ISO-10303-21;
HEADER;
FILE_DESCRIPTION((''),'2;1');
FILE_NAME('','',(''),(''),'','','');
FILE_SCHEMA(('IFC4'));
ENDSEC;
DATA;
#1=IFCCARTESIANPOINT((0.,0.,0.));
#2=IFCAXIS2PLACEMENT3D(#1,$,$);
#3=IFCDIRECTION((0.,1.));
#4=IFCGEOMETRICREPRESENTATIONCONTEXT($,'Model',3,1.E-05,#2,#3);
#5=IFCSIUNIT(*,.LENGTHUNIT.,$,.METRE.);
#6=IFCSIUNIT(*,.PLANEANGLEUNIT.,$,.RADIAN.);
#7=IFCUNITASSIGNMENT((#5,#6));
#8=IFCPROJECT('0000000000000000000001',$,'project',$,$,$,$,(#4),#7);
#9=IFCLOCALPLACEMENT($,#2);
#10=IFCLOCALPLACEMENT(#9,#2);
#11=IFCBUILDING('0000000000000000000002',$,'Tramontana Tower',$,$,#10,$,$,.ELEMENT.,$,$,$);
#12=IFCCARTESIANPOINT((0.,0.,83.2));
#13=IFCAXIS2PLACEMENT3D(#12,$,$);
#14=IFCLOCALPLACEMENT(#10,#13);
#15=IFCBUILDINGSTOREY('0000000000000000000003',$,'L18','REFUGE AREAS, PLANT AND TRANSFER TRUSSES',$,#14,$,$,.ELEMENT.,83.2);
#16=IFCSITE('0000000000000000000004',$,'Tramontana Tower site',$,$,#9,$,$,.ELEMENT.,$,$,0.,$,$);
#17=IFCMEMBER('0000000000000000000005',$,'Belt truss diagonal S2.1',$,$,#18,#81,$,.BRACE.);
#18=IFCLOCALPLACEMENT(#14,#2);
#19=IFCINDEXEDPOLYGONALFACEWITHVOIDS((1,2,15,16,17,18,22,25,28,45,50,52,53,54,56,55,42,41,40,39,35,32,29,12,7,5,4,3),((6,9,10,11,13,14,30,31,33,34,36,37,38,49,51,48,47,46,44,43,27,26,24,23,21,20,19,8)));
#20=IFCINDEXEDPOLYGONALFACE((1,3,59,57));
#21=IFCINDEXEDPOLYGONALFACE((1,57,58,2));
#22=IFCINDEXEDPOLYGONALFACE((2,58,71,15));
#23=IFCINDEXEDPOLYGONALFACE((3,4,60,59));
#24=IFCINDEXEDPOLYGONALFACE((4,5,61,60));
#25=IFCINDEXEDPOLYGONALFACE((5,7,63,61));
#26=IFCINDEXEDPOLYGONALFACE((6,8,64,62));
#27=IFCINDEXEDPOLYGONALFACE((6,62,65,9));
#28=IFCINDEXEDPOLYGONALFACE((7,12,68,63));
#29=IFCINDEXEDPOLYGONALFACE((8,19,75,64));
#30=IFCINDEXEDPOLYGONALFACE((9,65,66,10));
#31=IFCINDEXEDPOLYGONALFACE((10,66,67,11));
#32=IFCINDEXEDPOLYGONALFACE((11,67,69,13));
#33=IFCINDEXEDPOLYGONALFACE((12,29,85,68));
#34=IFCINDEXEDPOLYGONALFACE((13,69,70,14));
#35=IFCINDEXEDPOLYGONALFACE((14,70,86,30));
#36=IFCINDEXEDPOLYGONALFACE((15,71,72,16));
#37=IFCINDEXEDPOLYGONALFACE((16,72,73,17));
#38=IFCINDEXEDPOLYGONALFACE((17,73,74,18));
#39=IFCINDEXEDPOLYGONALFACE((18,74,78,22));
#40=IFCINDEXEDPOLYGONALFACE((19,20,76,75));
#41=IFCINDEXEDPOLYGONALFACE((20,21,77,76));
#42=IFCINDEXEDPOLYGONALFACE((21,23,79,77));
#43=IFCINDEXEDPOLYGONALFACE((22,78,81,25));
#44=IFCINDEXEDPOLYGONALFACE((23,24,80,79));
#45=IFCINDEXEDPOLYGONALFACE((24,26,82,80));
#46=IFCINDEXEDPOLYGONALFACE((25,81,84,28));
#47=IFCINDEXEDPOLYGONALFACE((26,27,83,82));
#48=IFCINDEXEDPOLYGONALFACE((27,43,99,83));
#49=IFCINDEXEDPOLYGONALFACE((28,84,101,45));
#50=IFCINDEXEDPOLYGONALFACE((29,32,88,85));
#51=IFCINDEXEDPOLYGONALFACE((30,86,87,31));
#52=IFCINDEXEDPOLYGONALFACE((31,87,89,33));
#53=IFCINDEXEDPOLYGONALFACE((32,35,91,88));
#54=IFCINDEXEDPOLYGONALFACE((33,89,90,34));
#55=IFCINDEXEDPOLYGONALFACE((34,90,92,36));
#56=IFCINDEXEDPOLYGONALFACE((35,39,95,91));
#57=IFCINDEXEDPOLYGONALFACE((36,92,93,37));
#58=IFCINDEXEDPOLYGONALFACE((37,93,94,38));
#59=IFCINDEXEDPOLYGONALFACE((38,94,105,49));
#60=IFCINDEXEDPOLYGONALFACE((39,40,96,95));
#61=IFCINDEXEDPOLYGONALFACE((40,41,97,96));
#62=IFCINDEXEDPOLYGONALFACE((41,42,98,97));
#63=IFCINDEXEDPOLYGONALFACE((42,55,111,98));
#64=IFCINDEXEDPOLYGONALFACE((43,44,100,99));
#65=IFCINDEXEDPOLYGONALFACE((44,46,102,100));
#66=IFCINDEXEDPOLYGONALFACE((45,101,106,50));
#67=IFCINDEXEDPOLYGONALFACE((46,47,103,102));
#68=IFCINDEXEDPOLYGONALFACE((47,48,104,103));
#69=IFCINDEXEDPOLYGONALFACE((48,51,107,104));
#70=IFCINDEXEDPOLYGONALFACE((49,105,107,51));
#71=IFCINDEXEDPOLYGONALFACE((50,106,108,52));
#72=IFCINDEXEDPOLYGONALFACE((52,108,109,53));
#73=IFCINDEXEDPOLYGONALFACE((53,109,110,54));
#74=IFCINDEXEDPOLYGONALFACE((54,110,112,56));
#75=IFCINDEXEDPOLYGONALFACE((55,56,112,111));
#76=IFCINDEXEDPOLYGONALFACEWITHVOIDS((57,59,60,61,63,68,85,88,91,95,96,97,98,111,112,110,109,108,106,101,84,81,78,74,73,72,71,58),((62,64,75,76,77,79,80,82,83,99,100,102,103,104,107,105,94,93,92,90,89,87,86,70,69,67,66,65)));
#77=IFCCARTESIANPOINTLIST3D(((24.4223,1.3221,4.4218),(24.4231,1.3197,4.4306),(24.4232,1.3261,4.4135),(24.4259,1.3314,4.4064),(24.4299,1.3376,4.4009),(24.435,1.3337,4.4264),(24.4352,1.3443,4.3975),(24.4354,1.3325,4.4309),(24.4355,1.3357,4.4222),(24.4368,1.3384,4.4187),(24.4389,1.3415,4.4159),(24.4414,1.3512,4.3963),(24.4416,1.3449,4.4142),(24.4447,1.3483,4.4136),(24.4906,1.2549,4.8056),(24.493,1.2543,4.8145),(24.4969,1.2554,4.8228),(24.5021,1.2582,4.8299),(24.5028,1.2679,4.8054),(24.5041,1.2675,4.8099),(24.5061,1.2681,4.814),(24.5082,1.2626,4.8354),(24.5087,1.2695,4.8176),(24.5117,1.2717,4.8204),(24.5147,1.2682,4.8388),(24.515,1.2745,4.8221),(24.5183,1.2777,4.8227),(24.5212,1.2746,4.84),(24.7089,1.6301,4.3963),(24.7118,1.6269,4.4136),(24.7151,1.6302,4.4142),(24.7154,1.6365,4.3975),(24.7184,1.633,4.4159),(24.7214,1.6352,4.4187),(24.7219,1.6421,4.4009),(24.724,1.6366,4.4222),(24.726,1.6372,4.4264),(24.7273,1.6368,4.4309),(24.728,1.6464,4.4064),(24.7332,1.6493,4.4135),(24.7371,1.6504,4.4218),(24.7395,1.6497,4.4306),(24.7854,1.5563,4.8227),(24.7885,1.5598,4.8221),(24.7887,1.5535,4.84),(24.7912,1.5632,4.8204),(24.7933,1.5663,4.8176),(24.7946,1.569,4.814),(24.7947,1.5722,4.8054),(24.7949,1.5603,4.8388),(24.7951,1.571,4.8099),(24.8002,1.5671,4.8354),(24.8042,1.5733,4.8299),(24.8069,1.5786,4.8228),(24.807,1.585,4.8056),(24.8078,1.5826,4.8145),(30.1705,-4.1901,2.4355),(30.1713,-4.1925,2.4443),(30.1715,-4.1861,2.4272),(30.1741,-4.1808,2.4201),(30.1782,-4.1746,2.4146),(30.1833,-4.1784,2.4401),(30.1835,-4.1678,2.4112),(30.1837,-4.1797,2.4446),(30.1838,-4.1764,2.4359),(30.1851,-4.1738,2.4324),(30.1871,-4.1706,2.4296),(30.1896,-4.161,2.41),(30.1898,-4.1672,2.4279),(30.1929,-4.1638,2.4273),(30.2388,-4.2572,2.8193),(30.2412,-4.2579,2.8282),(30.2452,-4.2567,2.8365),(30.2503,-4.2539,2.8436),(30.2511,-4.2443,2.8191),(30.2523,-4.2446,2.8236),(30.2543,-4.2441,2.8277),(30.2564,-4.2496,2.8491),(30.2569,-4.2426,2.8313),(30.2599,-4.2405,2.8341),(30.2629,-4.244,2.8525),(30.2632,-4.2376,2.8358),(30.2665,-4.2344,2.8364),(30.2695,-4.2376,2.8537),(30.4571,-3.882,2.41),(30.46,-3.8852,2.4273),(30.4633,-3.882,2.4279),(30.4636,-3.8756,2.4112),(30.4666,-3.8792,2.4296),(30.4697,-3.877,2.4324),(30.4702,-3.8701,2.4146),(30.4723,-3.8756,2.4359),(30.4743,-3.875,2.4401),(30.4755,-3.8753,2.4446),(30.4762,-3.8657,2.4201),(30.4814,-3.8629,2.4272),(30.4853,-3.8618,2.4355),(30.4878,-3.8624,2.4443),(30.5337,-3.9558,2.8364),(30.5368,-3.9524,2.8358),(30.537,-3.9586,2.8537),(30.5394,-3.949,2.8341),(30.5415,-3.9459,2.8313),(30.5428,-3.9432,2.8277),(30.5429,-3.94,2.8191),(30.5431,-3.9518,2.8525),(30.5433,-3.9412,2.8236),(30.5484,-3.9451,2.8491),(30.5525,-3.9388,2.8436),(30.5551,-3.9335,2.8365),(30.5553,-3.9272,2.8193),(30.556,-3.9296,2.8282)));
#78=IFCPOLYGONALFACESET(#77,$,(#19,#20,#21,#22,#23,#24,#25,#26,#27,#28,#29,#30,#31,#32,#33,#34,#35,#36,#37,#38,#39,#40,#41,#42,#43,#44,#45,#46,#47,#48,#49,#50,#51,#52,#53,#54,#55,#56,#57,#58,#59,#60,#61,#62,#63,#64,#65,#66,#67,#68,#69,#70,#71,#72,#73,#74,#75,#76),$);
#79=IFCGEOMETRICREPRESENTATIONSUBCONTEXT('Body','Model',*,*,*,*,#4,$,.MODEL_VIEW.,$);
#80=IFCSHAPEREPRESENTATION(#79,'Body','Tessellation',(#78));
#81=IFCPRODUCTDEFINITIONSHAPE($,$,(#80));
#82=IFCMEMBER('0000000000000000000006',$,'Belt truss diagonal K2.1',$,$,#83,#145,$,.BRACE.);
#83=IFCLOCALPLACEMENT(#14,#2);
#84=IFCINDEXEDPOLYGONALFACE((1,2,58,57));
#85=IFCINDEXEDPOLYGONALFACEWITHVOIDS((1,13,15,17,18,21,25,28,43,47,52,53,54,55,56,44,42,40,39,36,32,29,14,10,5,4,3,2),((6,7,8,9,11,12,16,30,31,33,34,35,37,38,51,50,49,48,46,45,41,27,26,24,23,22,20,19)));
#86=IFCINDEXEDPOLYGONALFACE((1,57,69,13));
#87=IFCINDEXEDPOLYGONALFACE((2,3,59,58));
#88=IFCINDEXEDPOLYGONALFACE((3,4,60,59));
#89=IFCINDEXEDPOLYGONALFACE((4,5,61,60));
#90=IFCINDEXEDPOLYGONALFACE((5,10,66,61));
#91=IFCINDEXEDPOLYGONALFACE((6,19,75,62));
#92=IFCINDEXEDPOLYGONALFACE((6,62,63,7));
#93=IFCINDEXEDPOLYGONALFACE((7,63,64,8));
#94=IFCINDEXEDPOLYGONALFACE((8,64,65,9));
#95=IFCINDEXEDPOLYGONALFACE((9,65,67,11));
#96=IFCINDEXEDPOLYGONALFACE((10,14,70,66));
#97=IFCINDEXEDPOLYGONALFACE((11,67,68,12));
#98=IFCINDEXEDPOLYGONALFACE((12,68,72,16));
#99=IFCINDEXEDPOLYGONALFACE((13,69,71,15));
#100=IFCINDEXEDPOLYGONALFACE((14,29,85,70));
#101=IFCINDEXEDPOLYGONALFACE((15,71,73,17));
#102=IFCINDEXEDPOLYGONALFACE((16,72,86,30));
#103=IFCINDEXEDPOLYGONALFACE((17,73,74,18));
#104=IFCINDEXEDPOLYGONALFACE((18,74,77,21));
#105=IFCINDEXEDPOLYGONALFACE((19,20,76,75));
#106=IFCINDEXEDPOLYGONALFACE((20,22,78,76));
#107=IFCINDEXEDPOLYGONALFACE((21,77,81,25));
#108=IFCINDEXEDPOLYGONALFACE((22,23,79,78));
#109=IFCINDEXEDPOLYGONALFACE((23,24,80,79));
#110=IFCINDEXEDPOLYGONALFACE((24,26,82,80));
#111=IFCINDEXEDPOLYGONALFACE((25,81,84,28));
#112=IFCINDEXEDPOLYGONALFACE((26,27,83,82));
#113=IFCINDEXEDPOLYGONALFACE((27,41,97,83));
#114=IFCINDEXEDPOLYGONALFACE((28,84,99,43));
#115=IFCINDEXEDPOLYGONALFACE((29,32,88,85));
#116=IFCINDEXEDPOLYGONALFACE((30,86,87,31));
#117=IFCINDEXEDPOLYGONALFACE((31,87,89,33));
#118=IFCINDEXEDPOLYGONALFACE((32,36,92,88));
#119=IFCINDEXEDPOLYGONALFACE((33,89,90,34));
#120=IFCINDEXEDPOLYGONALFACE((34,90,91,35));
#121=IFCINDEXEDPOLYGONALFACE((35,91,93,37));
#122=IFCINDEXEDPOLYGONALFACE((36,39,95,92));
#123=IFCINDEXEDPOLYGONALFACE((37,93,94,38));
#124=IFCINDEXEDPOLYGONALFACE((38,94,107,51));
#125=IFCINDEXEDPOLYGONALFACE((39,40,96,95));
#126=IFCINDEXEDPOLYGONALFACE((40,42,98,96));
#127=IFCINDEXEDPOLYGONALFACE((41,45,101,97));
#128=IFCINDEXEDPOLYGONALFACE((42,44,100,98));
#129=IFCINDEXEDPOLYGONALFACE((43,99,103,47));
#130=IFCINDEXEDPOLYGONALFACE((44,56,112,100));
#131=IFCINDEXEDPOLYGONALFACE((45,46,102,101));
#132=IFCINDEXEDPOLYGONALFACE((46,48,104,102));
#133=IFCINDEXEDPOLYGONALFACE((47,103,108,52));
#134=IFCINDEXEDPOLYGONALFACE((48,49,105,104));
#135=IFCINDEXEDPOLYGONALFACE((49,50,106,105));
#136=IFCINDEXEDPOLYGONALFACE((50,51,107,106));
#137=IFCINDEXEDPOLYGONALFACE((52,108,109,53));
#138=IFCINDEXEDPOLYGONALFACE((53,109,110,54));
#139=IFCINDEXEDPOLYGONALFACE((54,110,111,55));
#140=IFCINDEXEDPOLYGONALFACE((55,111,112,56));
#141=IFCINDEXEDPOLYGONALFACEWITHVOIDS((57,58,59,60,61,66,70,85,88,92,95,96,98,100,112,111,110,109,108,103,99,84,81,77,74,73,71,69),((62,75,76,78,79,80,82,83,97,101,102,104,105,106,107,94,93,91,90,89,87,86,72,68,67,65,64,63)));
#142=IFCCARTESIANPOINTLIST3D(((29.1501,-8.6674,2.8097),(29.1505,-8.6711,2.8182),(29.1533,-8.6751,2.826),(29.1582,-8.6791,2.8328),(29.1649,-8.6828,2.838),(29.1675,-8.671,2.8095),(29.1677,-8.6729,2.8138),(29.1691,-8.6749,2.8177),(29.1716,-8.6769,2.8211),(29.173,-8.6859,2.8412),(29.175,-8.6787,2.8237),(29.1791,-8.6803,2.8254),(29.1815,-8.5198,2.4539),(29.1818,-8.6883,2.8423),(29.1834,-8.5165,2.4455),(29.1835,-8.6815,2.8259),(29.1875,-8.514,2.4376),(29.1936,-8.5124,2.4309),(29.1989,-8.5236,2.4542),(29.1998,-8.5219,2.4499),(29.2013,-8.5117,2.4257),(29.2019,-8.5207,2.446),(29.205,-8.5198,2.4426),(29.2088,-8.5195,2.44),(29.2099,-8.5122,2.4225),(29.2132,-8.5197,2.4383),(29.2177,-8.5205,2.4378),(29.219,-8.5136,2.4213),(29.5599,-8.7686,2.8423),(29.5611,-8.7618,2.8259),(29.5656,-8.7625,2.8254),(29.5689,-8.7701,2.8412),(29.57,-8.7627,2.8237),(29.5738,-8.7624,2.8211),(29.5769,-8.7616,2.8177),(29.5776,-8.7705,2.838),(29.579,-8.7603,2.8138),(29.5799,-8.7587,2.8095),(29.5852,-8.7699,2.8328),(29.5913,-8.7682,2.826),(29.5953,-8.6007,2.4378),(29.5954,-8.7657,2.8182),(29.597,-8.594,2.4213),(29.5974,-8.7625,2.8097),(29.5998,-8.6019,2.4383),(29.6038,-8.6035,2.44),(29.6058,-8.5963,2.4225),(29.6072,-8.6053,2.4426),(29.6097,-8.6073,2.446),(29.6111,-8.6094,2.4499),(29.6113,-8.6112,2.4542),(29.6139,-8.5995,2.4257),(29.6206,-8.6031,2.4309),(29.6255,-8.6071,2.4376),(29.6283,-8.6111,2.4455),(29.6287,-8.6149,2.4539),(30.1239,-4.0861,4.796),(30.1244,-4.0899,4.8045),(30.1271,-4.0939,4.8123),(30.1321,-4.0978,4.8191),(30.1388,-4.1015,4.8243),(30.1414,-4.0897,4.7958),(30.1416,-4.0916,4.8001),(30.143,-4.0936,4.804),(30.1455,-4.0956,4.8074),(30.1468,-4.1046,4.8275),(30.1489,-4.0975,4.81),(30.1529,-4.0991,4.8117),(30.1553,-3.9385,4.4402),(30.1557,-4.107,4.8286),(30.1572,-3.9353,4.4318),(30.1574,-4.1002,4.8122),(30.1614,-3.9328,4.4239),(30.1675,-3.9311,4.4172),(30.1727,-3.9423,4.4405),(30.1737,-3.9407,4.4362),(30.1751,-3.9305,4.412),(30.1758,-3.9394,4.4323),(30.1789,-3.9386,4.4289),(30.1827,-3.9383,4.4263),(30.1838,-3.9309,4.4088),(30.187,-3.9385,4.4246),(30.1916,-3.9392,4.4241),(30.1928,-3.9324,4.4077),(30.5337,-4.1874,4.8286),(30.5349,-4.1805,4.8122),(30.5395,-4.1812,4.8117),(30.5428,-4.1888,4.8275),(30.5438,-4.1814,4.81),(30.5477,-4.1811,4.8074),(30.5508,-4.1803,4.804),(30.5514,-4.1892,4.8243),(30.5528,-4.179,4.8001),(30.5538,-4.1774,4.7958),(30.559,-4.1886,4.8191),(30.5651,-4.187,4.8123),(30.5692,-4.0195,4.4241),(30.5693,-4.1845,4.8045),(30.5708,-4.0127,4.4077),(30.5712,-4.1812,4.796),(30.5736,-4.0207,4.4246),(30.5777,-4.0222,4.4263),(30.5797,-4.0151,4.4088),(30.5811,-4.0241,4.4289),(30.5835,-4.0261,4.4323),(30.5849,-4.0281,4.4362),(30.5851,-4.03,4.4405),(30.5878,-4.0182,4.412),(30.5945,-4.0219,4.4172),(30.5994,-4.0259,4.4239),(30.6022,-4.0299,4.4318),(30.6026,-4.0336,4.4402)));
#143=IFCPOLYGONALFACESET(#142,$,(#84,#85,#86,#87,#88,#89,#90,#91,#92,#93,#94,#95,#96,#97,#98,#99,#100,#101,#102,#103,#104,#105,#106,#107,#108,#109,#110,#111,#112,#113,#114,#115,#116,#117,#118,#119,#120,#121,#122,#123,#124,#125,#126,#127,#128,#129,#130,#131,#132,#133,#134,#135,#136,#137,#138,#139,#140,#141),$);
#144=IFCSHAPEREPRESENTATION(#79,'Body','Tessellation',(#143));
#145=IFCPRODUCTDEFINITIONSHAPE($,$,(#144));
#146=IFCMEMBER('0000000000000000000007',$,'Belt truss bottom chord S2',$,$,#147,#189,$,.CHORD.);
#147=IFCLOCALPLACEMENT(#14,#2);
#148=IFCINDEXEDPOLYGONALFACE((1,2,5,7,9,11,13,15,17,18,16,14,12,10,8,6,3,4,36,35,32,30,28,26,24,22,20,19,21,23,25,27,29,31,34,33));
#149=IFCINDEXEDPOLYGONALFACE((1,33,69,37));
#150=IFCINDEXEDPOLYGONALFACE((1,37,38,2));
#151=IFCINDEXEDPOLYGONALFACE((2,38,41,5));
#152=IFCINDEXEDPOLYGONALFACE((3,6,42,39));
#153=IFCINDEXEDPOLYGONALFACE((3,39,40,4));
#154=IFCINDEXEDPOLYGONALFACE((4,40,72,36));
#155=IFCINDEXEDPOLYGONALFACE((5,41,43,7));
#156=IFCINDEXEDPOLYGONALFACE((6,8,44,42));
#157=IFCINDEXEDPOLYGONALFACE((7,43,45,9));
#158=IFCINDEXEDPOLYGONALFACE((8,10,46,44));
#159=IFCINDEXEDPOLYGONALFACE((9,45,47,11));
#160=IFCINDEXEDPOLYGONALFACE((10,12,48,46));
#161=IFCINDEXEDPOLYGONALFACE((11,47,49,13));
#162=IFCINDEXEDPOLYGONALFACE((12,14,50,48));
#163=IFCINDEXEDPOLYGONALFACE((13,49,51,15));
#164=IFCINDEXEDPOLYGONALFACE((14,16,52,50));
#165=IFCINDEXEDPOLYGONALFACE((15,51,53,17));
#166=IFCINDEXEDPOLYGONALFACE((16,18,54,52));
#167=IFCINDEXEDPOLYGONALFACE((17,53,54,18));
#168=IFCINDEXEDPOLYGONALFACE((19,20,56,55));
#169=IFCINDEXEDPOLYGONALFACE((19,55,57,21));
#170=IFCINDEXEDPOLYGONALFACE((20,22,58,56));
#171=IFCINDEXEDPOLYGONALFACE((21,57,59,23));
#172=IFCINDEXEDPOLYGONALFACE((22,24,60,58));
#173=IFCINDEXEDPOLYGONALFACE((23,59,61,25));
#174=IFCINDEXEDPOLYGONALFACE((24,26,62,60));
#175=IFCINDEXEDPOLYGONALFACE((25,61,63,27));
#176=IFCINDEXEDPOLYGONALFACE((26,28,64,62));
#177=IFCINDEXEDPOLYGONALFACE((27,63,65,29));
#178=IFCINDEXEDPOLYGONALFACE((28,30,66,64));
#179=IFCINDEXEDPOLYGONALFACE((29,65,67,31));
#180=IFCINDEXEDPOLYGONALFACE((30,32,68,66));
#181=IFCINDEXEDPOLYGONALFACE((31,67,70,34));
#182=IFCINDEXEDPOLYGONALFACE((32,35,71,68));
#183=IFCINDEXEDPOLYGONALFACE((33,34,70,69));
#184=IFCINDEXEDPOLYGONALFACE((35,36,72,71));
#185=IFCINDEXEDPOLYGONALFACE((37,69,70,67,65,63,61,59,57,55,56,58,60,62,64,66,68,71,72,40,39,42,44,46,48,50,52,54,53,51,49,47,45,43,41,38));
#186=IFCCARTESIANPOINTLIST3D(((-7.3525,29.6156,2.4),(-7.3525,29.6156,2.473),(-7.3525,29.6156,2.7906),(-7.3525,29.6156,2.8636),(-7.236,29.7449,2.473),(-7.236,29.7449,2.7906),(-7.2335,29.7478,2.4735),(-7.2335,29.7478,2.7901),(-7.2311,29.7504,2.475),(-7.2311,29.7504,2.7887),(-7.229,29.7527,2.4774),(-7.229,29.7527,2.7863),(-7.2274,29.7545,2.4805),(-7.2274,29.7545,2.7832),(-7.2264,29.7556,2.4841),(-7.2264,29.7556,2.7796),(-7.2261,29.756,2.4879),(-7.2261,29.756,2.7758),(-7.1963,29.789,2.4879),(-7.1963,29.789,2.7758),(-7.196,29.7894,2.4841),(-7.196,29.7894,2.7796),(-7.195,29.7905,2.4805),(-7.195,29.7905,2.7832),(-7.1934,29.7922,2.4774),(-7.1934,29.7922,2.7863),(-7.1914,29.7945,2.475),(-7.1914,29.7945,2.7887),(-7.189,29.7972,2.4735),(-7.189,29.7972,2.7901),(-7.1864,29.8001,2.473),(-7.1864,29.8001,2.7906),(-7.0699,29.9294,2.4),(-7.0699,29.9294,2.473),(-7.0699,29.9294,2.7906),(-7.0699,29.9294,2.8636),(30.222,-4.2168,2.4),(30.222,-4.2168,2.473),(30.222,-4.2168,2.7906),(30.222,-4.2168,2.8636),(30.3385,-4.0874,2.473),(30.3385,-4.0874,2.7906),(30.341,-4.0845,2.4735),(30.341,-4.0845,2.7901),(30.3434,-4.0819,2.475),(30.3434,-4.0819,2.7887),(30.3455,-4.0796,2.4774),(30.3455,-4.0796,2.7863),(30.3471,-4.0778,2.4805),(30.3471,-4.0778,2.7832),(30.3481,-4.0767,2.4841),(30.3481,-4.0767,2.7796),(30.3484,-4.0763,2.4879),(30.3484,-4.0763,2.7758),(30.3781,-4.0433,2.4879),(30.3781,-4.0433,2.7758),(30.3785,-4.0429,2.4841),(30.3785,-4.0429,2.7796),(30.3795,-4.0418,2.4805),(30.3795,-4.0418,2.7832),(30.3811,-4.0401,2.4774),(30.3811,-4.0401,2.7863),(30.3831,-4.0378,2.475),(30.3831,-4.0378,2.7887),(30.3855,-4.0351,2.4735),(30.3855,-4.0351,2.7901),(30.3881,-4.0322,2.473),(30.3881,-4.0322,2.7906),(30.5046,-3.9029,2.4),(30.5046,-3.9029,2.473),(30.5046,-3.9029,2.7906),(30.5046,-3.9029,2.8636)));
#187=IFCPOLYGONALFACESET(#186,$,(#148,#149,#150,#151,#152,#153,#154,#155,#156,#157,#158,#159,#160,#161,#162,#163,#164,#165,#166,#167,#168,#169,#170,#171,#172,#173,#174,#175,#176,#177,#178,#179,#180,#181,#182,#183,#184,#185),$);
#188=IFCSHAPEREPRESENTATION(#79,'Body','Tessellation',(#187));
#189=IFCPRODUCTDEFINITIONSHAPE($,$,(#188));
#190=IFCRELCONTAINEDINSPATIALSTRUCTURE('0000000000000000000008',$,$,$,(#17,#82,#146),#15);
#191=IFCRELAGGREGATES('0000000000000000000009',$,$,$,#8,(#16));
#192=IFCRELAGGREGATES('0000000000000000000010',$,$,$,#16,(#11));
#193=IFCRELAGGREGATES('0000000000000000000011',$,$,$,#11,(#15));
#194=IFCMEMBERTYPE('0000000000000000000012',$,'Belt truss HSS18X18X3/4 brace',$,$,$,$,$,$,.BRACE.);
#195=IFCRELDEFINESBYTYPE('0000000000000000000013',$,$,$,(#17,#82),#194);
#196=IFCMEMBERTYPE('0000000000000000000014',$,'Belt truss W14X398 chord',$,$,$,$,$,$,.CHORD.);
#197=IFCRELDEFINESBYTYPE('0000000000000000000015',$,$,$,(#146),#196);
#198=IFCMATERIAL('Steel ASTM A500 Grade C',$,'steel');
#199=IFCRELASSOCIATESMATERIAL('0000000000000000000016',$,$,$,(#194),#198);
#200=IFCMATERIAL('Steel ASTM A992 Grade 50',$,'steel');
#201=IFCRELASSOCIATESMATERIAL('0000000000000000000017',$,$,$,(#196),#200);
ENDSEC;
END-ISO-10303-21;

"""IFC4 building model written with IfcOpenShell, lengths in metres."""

from ifc_helpers import new_model, si_unit, direction, frame, origin, origin_2d, place, context, subcontext, project, spatial, hollow_rectangle, i_section, extrude, material, material_profile, profile_set, type_object, element, save


model = new_model("IFC4")

# Units and contexts
model_context = context("Model", 3, precision=1e-05, world=origin(), true_north=direction((0.0, 1.0)))
body_context = subcontext(model_context, "Body", "Model", "MODEL_VIEW")
ifc_project = project(units=[si_unit("LENGTHUNIT", "METRE"), si_unit("PLANEANGLEUNIT", "RADIAN")], contexts=[model_context])

# Site, building, storey
site_placement = place(None, origin())
site = spatial("IfcSite", under=ifc_project, at=site_placement, Name="Tramontana Tower site", CompositionType="ELEMENT", RefElevation=0.0)
building_placement = place(site_placement, origin())
building = spatial("IfcBuilding", under=site, at=building_placement, Name="Tramontana Tower", CompositionType="ELEMENT")
storey_placement = place(building_placement, frame((0.0, 0.0, 83.2)))
storey = spatial("IfcBuildingStorey", under=building, at=storey_placement, Name="L18", Description="REFUGE AREAS, PLANT AND TRANSFER TRUSSES", CompositionType="ELEMENT", Elevation=83.2)

# Members
ifc_material_1 = material(Name="Steel ASTM A500 Grade C", Category="steel")
ifc_material_profile_1 = material_profile(ifc_material_1, hollow_rectangle(XDim=0.4573, YDim=0.4573, WallThickness=0.0178, InnerFilletRadius=0.0178, OuterFilletRadius=0.0354, at=origin_2d()), Name="HSS18X18X3/4")
ifc_profile_set_1 = profile_set([ifc_material_profile_1], Name="Steel ASTM A500 Grade C")
member_type_1 = type_object("IfcMemberType", Name="Belt truss HSS18X18X3/4 brace", PredefinedType="BRACE", material=ifc_profile_set_1)
member_1_placement = place(storey_placement, frame((30.3633, -4.0598, 2.6318), z_axis=(-0.70032, 0.671558, 0.241996), x_axis=(-0.69213, -0.721773, 0.0)))
element("IfcMember", 1, at=member_1_placement, inside=storey, type_object=member_type_1, Name="Belt truss diagonal S2.1", PredefinedType="BRACE", context=body_context, shape_type="SweptSolid", body=[
    extrude(hollow_rectangle(XDim=0.4573, YDim=0.4573, WallThickness=0.0178, InnerFilletRadius=0.0178, OuterFilletRadius=0.0354, at=origin_2d()), origin(), (0.0, 0.0, 1.0), 8.208),
])
member_2_placement = place(storey_placement, frame((29.3894, -8.6411, 2.6318), z_axis=(0.191427, 0.900508, 0.390436), x_axis=(-0.978144, 0.20793, 0.0)))
element("IfcMember", 2, at=member_2_placement, inside=storey, type_object=member_type_1, Name="Belt truss diagonal K2.1", PredefinedType="BRACE", context=body_context, shape_type="SweptSolid", body=[
    extrude(hollow_rectangle(XDim=0.4573, YDim=0.4573, WallThickness=0.0178, InnerFilletRadius=0.0178, OuterFilletRadius=0.0354, at=origin_2d()), origin(), (0.0, 0.0, 1.0), 5.0874),
])
ifc_material_2 = material(Name="Steel ASTM A992 Grade 50", Category="steel")
ifc_material_profile_2 = material_profile(ifc_material_2, i_section(OverallWidth=0.4224, OverallDepth=0.4636, WebThickness=0.0444, FlangeThickness=0.073, FilletRadius=0.0149, at=origin_2d()), Name="W14X398")
ifc_profile_set_2 = profile_set([ifc_material_profile_2], Name="Steel ASTM A992 Grade 50")
member_type_2 = type_object("IfcMemberType", Name="Belt truss W14X398 chord", PredefinedType="CHORD", material=ifc_profile_set_2)
for number, where, z_axis, x_axis, name in (
    (3, (30.3633, -4.0598, 2.6318), (-0.743144, 0.669131, 0.0), (-0.669131, -0.743144, 0.0), "Belt truss bottom chord S2"),
):
    element("IfcMember", number, at=place(storey_placement, frame(where, z_axis=z_axis, x_axis=x_axis)), inside=storey, type_object=member_type_2, Name=name, PredefinedType="CHORD", context=body_context, shape_type="SweptSolid", body=[
        extrude(i_section(OverallWidth=0.4224, OverallDepth=0.4636, WebThickness=0.0444, FlangeThickness=0.073, FilletRadius=0.0149, at=origin_2d()), origin(), (0.0, 0.0, 1.0), 50.5615),
    ])

save(model, "model.ifc")
